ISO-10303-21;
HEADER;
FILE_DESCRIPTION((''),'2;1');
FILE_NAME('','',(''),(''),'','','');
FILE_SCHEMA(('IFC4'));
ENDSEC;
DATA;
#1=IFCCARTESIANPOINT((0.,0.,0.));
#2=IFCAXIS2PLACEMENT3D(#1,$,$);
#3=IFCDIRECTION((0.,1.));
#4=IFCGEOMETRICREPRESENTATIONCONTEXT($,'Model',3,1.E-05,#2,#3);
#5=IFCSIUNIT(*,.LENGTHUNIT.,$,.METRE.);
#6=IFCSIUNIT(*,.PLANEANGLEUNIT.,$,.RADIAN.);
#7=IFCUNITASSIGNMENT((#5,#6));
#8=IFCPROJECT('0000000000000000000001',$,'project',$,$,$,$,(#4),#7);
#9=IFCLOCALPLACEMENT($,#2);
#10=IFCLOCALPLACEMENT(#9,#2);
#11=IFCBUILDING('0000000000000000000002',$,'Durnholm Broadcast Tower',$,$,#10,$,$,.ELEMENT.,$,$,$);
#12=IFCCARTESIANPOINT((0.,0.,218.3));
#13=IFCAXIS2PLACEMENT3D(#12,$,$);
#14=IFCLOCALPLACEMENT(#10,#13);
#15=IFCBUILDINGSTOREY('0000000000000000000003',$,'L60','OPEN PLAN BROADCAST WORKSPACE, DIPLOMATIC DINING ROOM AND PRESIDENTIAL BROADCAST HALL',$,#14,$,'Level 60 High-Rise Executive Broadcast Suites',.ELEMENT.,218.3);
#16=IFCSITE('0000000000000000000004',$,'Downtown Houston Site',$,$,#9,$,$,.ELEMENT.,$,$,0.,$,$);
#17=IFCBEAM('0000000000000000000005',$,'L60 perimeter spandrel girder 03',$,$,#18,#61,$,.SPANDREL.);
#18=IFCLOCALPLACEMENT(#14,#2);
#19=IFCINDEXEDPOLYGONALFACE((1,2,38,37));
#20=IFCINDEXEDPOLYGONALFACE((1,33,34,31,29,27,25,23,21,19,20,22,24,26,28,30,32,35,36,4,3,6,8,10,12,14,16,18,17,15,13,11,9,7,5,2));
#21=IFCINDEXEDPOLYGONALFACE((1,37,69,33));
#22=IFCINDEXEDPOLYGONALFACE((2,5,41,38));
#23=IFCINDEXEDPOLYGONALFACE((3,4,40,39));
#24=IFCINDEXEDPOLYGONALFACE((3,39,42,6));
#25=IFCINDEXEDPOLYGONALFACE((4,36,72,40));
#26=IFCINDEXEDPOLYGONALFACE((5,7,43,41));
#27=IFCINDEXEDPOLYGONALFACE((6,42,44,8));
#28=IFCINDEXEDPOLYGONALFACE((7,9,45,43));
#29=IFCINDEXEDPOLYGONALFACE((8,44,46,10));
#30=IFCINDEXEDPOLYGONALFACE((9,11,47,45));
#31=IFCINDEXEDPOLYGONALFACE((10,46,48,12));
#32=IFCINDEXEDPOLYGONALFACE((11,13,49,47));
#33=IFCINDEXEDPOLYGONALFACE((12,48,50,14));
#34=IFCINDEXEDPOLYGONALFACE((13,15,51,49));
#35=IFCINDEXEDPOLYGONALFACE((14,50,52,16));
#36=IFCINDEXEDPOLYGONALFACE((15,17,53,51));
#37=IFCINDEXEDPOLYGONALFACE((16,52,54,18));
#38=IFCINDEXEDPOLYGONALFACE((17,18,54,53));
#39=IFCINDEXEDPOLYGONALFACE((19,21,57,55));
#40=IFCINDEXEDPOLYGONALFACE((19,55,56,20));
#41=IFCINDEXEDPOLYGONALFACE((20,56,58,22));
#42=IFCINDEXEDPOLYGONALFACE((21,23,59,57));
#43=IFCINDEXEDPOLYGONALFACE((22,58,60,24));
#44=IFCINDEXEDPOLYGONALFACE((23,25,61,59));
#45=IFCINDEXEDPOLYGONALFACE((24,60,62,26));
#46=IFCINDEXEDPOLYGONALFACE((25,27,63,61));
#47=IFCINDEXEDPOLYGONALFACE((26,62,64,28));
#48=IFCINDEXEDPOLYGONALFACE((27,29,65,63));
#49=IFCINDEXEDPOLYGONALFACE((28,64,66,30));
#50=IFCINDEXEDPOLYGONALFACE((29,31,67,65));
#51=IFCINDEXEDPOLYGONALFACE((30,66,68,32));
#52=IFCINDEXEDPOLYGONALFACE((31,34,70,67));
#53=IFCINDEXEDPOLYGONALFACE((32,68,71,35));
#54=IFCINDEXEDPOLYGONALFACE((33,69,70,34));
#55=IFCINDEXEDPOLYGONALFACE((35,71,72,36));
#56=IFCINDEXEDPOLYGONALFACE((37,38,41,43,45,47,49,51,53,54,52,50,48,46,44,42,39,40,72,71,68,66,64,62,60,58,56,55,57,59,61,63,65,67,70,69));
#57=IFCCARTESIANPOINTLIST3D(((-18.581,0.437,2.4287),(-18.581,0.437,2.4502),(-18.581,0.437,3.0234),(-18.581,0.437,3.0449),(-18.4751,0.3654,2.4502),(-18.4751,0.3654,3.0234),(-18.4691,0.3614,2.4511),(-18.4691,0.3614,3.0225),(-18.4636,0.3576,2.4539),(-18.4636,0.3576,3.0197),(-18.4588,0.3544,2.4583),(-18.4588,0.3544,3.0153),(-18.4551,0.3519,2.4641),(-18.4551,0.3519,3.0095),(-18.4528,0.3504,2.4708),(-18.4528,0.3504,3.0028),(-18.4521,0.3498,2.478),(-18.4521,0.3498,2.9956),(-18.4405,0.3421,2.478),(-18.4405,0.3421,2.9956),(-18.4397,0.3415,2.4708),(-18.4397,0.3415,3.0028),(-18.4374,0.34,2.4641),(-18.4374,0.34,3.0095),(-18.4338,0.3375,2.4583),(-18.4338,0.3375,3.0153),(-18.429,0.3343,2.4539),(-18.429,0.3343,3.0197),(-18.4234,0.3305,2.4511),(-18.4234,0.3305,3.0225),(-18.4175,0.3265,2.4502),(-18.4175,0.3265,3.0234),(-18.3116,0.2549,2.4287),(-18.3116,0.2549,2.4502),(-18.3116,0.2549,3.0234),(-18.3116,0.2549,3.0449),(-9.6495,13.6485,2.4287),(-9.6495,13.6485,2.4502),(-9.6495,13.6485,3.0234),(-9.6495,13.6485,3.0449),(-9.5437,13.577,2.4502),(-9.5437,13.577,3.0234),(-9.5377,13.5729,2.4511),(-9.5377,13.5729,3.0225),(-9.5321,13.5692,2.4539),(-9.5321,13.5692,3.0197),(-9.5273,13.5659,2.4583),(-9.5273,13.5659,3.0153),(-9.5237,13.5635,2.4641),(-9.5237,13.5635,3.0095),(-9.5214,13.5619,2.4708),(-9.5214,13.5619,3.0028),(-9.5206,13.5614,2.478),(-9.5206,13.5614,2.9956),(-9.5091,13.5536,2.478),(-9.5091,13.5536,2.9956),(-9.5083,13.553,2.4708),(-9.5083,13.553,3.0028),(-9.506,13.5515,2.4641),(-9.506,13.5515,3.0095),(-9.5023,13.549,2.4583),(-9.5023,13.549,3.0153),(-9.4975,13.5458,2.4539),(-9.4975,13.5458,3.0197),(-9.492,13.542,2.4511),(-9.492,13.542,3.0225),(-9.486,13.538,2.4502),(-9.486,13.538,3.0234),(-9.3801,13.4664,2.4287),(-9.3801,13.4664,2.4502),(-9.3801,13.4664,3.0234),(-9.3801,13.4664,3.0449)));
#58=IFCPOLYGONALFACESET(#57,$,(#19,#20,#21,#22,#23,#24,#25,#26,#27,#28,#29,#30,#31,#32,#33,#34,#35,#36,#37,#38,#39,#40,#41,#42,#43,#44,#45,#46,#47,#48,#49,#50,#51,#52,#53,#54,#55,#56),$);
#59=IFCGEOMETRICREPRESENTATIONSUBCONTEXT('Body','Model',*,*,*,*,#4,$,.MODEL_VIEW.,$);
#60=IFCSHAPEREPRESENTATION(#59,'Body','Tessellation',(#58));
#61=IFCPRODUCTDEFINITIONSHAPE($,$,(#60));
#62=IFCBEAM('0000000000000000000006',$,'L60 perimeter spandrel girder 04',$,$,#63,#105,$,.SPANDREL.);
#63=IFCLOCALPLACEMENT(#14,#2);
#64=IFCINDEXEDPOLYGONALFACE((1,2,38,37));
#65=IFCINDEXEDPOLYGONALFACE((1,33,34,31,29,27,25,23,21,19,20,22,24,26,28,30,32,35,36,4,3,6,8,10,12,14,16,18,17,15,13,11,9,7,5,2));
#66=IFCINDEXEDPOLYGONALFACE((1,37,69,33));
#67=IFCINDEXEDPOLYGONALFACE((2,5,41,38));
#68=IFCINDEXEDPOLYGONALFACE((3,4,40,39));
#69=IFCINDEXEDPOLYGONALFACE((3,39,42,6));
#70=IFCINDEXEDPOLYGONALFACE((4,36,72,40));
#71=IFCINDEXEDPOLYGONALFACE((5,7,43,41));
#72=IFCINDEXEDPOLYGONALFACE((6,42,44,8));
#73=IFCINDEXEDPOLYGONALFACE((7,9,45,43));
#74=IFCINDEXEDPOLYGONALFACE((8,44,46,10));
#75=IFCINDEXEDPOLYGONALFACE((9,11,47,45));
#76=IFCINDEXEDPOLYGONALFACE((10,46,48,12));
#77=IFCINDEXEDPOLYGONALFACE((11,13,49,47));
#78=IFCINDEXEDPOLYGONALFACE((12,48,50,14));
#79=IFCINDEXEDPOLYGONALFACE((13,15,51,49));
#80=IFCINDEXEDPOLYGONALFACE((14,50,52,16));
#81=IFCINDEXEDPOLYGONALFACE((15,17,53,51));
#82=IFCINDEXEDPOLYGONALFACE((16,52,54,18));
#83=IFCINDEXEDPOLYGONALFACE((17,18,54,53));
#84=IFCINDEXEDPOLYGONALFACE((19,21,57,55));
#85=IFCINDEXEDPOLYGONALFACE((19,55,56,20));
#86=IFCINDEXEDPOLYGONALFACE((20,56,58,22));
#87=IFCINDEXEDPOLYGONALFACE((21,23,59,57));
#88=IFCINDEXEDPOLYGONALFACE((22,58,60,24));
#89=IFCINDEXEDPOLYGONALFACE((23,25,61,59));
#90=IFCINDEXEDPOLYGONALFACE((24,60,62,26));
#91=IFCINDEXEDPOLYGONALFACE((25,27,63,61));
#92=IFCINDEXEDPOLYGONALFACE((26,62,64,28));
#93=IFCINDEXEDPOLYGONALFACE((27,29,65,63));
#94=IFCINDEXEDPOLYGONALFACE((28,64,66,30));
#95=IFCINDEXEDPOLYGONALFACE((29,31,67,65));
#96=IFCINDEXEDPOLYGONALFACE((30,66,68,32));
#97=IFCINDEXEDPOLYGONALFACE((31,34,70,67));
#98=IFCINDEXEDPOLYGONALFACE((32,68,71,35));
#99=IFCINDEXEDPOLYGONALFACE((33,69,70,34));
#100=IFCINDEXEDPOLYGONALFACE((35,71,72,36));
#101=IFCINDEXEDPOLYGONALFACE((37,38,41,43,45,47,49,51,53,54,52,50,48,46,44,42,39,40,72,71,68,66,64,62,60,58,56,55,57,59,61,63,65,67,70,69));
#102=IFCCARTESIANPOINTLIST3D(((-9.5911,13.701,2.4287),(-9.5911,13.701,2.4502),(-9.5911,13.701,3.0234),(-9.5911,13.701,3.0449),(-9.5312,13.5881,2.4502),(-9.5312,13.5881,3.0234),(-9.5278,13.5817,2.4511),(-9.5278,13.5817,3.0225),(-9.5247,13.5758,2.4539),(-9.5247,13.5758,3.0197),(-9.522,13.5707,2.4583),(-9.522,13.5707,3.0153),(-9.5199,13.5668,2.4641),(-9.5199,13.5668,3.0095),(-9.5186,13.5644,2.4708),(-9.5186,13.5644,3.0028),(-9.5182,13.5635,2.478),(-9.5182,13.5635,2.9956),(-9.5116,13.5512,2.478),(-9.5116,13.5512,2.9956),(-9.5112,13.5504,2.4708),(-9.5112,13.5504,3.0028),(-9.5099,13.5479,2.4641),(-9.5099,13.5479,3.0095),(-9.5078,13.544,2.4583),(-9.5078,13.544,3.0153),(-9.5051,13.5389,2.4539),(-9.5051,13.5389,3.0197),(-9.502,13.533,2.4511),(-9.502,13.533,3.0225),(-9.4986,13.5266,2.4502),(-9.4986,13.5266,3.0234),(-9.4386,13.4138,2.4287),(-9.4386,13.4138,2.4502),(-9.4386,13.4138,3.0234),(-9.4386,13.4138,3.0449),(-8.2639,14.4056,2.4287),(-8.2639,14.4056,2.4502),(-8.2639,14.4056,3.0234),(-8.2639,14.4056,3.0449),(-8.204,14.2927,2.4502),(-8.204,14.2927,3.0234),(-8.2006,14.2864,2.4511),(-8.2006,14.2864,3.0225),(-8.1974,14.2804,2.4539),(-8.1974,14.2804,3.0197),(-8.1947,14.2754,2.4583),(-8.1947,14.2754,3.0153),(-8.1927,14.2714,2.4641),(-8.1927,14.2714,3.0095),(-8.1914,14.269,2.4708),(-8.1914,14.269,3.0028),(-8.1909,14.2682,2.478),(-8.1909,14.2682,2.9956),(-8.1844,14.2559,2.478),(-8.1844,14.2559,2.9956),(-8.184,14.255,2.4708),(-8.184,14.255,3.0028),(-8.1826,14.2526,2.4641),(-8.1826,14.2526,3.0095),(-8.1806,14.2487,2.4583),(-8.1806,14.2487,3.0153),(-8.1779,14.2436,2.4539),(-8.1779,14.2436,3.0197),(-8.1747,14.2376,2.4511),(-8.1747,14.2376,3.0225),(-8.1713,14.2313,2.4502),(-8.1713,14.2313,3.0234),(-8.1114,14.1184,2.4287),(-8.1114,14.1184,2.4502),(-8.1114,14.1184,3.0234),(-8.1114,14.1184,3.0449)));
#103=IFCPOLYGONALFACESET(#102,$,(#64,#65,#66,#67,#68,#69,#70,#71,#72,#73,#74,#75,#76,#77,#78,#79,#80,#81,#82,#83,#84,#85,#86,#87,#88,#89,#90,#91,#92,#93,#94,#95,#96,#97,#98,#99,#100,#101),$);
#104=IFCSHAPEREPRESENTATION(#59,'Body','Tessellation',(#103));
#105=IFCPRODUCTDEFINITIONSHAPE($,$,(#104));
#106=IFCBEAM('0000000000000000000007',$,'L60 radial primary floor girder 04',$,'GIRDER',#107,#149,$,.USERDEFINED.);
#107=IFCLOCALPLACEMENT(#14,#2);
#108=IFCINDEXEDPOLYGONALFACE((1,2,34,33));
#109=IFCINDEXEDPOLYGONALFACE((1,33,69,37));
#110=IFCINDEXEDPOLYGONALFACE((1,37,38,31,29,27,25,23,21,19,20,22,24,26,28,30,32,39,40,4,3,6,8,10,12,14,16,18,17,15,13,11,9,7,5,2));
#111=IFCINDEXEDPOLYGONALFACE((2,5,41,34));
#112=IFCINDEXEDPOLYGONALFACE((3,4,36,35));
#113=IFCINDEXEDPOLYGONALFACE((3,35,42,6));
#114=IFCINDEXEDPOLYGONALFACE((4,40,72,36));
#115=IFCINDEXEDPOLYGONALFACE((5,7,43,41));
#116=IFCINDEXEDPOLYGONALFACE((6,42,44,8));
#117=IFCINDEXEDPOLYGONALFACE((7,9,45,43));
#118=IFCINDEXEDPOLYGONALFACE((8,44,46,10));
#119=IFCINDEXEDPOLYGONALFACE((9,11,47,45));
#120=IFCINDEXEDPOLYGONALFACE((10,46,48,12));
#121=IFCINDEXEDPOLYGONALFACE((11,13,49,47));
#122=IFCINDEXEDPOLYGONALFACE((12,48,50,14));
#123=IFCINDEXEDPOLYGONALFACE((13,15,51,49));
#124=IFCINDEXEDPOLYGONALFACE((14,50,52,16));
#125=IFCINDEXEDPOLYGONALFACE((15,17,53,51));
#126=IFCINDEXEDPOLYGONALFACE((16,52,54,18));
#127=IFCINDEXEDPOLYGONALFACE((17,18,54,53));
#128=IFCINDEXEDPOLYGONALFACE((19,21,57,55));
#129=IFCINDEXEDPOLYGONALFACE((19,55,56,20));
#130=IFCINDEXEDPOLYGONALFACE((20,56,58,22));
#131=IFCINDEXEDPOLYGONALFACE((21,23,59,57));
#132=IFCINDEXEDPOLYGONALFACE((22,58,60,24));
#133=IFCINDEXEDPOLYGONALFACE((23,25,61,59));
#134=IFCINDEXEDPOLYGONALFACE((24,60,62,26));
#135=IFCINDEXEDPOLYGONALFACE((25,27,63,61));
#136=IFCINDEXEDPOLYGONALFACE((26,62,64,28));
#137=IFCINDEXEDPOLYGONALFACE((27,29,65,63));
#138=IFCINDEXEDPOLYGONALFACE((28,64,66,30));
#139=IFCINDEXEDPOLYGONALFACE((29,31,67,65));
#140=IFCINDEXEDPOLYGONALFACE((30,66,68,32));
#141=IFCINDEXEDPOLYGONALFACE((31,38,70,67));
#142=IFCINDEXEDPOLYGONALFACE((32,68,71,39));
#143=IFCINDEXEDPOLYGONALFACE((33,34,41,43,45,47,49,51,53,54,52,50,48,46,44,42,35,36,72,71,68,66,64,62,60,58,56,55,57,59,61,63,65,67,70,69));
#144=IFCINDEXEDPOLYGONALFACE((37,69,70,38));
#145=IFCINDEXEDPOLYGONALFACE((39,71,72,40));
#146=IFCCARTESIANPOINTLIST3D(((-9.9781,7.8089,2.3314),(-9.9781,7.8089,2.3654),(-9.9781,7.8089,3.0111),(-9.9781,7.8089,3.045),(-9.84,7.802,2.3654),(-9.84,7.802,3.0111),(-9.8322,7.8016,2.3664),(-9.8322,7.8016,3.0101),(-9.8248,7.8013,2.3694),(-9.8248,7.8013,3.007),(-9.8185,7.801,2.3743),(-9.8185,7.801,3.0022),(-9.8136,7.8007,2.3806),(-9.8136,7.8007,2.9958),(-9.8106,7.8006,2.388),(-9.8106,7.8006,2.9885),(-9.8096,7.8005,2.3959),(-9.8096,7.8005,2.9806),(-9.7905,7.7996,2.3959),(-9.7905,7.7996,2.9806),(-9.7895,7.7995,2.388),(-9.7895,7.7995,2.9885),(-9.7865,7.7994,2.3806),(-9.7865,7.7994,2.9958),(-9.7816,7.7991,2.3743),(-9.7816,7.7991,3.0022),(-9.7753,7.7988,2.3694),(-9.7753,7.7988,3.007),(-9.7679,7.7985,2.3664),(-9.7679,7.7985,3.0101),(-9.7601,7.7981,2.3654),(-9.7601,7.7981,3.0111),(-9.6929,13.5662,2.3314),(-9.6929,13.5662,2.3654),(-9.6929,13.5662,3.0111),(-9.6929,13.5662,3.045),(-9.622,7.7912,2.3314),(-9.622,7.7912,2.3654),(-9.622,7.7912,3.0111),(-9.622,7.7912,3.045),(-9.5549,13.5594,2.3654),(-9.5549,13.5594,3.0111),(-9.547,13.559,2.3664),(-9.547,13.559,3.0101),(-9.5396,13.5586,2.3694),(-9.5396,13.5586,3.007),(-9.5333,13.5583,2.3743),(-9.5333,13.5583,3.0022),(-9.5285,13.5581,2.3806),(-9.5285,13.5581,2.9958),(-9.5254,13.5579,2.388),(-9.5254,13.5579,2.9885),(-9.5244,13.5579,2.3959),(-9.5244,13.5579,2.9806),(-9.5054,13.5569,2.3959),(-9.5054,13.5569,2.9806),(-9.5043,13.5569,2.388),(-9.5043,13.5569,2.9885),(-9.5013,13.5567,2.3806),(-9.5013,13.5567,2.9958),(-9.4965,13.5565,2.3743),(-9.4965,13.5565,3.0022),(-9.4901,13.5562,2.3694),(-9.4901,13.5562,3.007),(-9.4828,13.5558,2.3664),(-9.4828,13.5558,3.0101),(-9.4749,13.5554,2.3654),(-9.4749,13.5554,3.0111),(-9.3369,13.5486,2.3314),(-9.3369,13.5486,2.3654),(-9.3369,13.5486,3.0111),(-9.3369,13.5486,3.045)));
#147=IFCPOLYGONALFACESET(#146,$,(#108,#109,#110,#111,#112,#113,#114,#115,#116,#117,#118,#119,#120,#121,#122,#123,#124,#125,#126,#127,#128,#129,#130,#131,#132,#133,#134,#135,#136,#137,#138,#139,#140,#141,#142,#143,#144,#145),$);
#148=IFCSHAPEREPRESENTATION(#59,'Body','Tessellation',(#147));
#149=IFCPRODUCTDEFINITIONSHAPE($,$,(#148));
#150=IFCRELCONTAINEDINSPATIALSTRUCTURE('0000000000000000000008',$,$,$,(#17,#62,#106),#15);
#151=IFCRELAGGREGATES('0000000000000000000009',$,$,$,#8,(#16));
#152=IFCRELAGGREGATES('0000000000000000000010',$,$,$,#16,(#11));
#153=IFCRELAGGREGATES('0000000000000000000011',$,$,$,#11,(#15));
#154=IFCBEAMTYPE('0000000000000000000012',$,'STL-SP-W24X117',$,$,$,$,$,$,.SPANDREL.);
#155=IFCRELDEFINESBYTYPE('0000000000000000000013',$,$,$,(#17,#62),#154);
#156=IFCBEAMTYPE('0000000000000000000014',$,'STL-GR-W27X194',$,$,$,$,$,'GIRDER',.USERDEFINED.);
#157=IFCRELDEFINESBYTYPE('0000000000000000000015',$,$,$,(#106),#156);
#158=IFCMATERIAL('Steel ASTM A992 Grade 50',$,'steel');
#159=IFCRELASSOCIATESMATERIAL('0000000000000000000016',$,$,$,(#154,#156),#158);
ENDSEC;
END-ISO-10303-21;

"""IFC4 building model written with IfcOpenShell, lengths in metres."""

from ifc_helpers import new_model, si_unit, direction, frame, origin, origin_2d, place, context, subcontext, project, spatial, i_section, extrude, source, transform, mapped, material, material_profile, profile_set, type_object, type_shapes, element, save


model = new_model("IFC4")

# Units and contexts
model_context = context("Model", 3, precision=1e-05, world=origin(), true_north=direction((0.0, 1.0)))
body_context = subcontext(model_context, "Body", "Model", "MODEL_VIEW")
ifc_project = project(units=[si_unit("LENGTHUNIT", "METRE"), si_unit("PLANEANGLEUNIT", "RADIAN")], contexts=[model_context])

# Site, building, storey
site_placement = place(None, origin())
site = spatial("IfcSite", under=ifc_project, at=site_placement, Name="Downtown Houston Site", CompositionType="ELEMENT", RefElevation=0.0)
building_placement = place(site_placement, origin())
building = spatial("IfcBuilding", under=site, at=building_placement, Name="Durnholm Broadcast Tower", CompositionType="ELEMENT")
storey_placement = place(building_placement, frame((0.0, 0.0, 218.3)))
storey = spatial("IfcBuildingStorey", under=building, at=storey_placement, Name="L60", Description="OPEN PLAN BROADCAST WORKSPACE, DIPLOMATIC DINING ROOM AND PRESIDENTIAL BROADCAST HALL", LongName="Level 60 High-Rise Executive Broadcast Suites", CompositionType="ELEMENT", Elevation=218.3)

# Beams
ifc_material_1 = material(Name="Steel ASTM A992 Grade 50", Category="steel")
ifc_material_profile_1 = material_profile(ifc_material_1, i_section(OverallWidth=0.3252, OverallDepth=0.6162, WebThickness=0.0139, FlangeThickness=0.0215, FilletRadius=0.0278, at=origin_2d()), Name="W24X117")
ifc_profile_set_1 = profile_set([ifc_material_profile_1], Name="Steel ASTM A992 Grade 50")
beam_type_1 = type_object("IfcBeamType", Name="STL-SP-W24X117", PredefinedType="SPANDREL", material=ifc_profile_set_1)
shared_shape_1 = source(origin(), body_context, "Body", "SweptSolid", [
    extrude(i_section(OverallWidth=0.3252, OverallDepth=0.6162, WebThickness=0.0139, FlangeThickness=0.0215, FilletRadius=0.0278, at=origin_2d()), origin(), (0.0, 0.0, 1.0), 15.9473),
])
beam_1_placement = place(storey_placement, frame((-18.4463, 0.3459, 2.7368), z_axis=(0.560062, 0.828451, 0.0), x_axis=(-0.828451, 0.560062, 0.0)))
element("IfcBeam", 1, at=beam_1_placement, inside=storey, type_object=beam_type_1, Name="L60 perimeter spandrel girder 03", PredefinedType="SPANDREL", context=body_context, shape_type="MappedRepresentation", body=[
    mapped(shared_shape_1, transform((0.0, 0.0, 0.0), x_axis=(1.0, 0.0, 0.0), y_axis=(0.0, 1.0, 0.0), z_axis=(0.0, 0.0, 1.0), scale=1.0)),
])
shared_shape_2 = source(origin(), body_context, "Body", "SweptSolid", [
    extrude(i_section(OverallWidth=0.3252, OverallDepth=0.6162, WebThickness=0.0139, FlangeThickness=0.0215, FilletRadius=0.0278, at=origin_2d()), origin(), (0.0, 0.0, 1.0), 1.5027),
])
type_shapes(beam_type_1, [shared_shape_1, shared_shape_2])
beam_2_placement = place(storey_placement, frame((-9.5149, 13.5574, 2.7368), z_axis=(0.883242, 0.468918, 0.0), x_axis=(-0.468918, 0.883242, 0.0)))
element("IfcBeam", 2, at=beam_2_placement, inside=storey, type_object=beam_type_1, Name="L60 perimeter spandrel girder 04", PredefinedType="SPANDREL", context=body_context, shape_type="MappedRepresentation", body=[
    mapped(shared_shape_2, transform((0.0, 0.0, 0.0), x_axis=(1.0, 0.0, 0.0), y_axis=(0.0, 1.0, 0.0), z_axis=(0.0, 0.0, 1.0), scale=1.0)),
])
ifc_material_profile_2 = material_profile(ifc_material_1, i_section(OverallWidth=0.3564, OverallDepth=0.7136, WebThickness=0.019, FlangeThickness=0.0339, FilletRadius=0.0305, at=origin_2d()), Name="W27X194")
ifc_profile_set_2 = profile_set([ifc_material_profile_2], Name="Steel ASTM A992 Grade 50")
beam_type_2 = type_object("IfcBeamType", Name="STL-GR-W27X194", ElementType="GIRDER", PredefinedType="USERDEFINED", material=ifc_profile_set_2)
shared_shape_3 = source(origin(), body_context, "Body", "SweptSolid", [
    extrude(i_section(OverallWidth=0.3564, OverallDepth=0.7136, WebThickness=0.019, FlangeThickness=0.0339, FilletRadius=0.0305, at=origin_2d()), origin(), (0.0, 0.0, 1.0), 5.7644),
])
beam_3_placement = place(storey_placement, frame((-9.8, 7.8, 2.6882), z_axis=(0.049469, 0.998776, 0.0), x_axis=(-0.998776, 0.049469, 0.0)))
element("IfcBeam", 3, at=beam_3_placement, inside=storey, type_object=beam_type_2, Name="L60 radial primary floor girder 04", ObjectType="GIRDER", PredefinedType="USERDEFINED", context=body_context, shape_type="MappedRepresentation", body=[
    mapped(shared_shape_3, transform((0.0, 0.0, 0.0), x_axis=(1.0, 0.0, 0.0), y_axis=(0.0, 1.0, 0.0), z_axis=(0.0, 0.0, 1.0), scale=1.0)),
])

save(model, "model.ifc")
